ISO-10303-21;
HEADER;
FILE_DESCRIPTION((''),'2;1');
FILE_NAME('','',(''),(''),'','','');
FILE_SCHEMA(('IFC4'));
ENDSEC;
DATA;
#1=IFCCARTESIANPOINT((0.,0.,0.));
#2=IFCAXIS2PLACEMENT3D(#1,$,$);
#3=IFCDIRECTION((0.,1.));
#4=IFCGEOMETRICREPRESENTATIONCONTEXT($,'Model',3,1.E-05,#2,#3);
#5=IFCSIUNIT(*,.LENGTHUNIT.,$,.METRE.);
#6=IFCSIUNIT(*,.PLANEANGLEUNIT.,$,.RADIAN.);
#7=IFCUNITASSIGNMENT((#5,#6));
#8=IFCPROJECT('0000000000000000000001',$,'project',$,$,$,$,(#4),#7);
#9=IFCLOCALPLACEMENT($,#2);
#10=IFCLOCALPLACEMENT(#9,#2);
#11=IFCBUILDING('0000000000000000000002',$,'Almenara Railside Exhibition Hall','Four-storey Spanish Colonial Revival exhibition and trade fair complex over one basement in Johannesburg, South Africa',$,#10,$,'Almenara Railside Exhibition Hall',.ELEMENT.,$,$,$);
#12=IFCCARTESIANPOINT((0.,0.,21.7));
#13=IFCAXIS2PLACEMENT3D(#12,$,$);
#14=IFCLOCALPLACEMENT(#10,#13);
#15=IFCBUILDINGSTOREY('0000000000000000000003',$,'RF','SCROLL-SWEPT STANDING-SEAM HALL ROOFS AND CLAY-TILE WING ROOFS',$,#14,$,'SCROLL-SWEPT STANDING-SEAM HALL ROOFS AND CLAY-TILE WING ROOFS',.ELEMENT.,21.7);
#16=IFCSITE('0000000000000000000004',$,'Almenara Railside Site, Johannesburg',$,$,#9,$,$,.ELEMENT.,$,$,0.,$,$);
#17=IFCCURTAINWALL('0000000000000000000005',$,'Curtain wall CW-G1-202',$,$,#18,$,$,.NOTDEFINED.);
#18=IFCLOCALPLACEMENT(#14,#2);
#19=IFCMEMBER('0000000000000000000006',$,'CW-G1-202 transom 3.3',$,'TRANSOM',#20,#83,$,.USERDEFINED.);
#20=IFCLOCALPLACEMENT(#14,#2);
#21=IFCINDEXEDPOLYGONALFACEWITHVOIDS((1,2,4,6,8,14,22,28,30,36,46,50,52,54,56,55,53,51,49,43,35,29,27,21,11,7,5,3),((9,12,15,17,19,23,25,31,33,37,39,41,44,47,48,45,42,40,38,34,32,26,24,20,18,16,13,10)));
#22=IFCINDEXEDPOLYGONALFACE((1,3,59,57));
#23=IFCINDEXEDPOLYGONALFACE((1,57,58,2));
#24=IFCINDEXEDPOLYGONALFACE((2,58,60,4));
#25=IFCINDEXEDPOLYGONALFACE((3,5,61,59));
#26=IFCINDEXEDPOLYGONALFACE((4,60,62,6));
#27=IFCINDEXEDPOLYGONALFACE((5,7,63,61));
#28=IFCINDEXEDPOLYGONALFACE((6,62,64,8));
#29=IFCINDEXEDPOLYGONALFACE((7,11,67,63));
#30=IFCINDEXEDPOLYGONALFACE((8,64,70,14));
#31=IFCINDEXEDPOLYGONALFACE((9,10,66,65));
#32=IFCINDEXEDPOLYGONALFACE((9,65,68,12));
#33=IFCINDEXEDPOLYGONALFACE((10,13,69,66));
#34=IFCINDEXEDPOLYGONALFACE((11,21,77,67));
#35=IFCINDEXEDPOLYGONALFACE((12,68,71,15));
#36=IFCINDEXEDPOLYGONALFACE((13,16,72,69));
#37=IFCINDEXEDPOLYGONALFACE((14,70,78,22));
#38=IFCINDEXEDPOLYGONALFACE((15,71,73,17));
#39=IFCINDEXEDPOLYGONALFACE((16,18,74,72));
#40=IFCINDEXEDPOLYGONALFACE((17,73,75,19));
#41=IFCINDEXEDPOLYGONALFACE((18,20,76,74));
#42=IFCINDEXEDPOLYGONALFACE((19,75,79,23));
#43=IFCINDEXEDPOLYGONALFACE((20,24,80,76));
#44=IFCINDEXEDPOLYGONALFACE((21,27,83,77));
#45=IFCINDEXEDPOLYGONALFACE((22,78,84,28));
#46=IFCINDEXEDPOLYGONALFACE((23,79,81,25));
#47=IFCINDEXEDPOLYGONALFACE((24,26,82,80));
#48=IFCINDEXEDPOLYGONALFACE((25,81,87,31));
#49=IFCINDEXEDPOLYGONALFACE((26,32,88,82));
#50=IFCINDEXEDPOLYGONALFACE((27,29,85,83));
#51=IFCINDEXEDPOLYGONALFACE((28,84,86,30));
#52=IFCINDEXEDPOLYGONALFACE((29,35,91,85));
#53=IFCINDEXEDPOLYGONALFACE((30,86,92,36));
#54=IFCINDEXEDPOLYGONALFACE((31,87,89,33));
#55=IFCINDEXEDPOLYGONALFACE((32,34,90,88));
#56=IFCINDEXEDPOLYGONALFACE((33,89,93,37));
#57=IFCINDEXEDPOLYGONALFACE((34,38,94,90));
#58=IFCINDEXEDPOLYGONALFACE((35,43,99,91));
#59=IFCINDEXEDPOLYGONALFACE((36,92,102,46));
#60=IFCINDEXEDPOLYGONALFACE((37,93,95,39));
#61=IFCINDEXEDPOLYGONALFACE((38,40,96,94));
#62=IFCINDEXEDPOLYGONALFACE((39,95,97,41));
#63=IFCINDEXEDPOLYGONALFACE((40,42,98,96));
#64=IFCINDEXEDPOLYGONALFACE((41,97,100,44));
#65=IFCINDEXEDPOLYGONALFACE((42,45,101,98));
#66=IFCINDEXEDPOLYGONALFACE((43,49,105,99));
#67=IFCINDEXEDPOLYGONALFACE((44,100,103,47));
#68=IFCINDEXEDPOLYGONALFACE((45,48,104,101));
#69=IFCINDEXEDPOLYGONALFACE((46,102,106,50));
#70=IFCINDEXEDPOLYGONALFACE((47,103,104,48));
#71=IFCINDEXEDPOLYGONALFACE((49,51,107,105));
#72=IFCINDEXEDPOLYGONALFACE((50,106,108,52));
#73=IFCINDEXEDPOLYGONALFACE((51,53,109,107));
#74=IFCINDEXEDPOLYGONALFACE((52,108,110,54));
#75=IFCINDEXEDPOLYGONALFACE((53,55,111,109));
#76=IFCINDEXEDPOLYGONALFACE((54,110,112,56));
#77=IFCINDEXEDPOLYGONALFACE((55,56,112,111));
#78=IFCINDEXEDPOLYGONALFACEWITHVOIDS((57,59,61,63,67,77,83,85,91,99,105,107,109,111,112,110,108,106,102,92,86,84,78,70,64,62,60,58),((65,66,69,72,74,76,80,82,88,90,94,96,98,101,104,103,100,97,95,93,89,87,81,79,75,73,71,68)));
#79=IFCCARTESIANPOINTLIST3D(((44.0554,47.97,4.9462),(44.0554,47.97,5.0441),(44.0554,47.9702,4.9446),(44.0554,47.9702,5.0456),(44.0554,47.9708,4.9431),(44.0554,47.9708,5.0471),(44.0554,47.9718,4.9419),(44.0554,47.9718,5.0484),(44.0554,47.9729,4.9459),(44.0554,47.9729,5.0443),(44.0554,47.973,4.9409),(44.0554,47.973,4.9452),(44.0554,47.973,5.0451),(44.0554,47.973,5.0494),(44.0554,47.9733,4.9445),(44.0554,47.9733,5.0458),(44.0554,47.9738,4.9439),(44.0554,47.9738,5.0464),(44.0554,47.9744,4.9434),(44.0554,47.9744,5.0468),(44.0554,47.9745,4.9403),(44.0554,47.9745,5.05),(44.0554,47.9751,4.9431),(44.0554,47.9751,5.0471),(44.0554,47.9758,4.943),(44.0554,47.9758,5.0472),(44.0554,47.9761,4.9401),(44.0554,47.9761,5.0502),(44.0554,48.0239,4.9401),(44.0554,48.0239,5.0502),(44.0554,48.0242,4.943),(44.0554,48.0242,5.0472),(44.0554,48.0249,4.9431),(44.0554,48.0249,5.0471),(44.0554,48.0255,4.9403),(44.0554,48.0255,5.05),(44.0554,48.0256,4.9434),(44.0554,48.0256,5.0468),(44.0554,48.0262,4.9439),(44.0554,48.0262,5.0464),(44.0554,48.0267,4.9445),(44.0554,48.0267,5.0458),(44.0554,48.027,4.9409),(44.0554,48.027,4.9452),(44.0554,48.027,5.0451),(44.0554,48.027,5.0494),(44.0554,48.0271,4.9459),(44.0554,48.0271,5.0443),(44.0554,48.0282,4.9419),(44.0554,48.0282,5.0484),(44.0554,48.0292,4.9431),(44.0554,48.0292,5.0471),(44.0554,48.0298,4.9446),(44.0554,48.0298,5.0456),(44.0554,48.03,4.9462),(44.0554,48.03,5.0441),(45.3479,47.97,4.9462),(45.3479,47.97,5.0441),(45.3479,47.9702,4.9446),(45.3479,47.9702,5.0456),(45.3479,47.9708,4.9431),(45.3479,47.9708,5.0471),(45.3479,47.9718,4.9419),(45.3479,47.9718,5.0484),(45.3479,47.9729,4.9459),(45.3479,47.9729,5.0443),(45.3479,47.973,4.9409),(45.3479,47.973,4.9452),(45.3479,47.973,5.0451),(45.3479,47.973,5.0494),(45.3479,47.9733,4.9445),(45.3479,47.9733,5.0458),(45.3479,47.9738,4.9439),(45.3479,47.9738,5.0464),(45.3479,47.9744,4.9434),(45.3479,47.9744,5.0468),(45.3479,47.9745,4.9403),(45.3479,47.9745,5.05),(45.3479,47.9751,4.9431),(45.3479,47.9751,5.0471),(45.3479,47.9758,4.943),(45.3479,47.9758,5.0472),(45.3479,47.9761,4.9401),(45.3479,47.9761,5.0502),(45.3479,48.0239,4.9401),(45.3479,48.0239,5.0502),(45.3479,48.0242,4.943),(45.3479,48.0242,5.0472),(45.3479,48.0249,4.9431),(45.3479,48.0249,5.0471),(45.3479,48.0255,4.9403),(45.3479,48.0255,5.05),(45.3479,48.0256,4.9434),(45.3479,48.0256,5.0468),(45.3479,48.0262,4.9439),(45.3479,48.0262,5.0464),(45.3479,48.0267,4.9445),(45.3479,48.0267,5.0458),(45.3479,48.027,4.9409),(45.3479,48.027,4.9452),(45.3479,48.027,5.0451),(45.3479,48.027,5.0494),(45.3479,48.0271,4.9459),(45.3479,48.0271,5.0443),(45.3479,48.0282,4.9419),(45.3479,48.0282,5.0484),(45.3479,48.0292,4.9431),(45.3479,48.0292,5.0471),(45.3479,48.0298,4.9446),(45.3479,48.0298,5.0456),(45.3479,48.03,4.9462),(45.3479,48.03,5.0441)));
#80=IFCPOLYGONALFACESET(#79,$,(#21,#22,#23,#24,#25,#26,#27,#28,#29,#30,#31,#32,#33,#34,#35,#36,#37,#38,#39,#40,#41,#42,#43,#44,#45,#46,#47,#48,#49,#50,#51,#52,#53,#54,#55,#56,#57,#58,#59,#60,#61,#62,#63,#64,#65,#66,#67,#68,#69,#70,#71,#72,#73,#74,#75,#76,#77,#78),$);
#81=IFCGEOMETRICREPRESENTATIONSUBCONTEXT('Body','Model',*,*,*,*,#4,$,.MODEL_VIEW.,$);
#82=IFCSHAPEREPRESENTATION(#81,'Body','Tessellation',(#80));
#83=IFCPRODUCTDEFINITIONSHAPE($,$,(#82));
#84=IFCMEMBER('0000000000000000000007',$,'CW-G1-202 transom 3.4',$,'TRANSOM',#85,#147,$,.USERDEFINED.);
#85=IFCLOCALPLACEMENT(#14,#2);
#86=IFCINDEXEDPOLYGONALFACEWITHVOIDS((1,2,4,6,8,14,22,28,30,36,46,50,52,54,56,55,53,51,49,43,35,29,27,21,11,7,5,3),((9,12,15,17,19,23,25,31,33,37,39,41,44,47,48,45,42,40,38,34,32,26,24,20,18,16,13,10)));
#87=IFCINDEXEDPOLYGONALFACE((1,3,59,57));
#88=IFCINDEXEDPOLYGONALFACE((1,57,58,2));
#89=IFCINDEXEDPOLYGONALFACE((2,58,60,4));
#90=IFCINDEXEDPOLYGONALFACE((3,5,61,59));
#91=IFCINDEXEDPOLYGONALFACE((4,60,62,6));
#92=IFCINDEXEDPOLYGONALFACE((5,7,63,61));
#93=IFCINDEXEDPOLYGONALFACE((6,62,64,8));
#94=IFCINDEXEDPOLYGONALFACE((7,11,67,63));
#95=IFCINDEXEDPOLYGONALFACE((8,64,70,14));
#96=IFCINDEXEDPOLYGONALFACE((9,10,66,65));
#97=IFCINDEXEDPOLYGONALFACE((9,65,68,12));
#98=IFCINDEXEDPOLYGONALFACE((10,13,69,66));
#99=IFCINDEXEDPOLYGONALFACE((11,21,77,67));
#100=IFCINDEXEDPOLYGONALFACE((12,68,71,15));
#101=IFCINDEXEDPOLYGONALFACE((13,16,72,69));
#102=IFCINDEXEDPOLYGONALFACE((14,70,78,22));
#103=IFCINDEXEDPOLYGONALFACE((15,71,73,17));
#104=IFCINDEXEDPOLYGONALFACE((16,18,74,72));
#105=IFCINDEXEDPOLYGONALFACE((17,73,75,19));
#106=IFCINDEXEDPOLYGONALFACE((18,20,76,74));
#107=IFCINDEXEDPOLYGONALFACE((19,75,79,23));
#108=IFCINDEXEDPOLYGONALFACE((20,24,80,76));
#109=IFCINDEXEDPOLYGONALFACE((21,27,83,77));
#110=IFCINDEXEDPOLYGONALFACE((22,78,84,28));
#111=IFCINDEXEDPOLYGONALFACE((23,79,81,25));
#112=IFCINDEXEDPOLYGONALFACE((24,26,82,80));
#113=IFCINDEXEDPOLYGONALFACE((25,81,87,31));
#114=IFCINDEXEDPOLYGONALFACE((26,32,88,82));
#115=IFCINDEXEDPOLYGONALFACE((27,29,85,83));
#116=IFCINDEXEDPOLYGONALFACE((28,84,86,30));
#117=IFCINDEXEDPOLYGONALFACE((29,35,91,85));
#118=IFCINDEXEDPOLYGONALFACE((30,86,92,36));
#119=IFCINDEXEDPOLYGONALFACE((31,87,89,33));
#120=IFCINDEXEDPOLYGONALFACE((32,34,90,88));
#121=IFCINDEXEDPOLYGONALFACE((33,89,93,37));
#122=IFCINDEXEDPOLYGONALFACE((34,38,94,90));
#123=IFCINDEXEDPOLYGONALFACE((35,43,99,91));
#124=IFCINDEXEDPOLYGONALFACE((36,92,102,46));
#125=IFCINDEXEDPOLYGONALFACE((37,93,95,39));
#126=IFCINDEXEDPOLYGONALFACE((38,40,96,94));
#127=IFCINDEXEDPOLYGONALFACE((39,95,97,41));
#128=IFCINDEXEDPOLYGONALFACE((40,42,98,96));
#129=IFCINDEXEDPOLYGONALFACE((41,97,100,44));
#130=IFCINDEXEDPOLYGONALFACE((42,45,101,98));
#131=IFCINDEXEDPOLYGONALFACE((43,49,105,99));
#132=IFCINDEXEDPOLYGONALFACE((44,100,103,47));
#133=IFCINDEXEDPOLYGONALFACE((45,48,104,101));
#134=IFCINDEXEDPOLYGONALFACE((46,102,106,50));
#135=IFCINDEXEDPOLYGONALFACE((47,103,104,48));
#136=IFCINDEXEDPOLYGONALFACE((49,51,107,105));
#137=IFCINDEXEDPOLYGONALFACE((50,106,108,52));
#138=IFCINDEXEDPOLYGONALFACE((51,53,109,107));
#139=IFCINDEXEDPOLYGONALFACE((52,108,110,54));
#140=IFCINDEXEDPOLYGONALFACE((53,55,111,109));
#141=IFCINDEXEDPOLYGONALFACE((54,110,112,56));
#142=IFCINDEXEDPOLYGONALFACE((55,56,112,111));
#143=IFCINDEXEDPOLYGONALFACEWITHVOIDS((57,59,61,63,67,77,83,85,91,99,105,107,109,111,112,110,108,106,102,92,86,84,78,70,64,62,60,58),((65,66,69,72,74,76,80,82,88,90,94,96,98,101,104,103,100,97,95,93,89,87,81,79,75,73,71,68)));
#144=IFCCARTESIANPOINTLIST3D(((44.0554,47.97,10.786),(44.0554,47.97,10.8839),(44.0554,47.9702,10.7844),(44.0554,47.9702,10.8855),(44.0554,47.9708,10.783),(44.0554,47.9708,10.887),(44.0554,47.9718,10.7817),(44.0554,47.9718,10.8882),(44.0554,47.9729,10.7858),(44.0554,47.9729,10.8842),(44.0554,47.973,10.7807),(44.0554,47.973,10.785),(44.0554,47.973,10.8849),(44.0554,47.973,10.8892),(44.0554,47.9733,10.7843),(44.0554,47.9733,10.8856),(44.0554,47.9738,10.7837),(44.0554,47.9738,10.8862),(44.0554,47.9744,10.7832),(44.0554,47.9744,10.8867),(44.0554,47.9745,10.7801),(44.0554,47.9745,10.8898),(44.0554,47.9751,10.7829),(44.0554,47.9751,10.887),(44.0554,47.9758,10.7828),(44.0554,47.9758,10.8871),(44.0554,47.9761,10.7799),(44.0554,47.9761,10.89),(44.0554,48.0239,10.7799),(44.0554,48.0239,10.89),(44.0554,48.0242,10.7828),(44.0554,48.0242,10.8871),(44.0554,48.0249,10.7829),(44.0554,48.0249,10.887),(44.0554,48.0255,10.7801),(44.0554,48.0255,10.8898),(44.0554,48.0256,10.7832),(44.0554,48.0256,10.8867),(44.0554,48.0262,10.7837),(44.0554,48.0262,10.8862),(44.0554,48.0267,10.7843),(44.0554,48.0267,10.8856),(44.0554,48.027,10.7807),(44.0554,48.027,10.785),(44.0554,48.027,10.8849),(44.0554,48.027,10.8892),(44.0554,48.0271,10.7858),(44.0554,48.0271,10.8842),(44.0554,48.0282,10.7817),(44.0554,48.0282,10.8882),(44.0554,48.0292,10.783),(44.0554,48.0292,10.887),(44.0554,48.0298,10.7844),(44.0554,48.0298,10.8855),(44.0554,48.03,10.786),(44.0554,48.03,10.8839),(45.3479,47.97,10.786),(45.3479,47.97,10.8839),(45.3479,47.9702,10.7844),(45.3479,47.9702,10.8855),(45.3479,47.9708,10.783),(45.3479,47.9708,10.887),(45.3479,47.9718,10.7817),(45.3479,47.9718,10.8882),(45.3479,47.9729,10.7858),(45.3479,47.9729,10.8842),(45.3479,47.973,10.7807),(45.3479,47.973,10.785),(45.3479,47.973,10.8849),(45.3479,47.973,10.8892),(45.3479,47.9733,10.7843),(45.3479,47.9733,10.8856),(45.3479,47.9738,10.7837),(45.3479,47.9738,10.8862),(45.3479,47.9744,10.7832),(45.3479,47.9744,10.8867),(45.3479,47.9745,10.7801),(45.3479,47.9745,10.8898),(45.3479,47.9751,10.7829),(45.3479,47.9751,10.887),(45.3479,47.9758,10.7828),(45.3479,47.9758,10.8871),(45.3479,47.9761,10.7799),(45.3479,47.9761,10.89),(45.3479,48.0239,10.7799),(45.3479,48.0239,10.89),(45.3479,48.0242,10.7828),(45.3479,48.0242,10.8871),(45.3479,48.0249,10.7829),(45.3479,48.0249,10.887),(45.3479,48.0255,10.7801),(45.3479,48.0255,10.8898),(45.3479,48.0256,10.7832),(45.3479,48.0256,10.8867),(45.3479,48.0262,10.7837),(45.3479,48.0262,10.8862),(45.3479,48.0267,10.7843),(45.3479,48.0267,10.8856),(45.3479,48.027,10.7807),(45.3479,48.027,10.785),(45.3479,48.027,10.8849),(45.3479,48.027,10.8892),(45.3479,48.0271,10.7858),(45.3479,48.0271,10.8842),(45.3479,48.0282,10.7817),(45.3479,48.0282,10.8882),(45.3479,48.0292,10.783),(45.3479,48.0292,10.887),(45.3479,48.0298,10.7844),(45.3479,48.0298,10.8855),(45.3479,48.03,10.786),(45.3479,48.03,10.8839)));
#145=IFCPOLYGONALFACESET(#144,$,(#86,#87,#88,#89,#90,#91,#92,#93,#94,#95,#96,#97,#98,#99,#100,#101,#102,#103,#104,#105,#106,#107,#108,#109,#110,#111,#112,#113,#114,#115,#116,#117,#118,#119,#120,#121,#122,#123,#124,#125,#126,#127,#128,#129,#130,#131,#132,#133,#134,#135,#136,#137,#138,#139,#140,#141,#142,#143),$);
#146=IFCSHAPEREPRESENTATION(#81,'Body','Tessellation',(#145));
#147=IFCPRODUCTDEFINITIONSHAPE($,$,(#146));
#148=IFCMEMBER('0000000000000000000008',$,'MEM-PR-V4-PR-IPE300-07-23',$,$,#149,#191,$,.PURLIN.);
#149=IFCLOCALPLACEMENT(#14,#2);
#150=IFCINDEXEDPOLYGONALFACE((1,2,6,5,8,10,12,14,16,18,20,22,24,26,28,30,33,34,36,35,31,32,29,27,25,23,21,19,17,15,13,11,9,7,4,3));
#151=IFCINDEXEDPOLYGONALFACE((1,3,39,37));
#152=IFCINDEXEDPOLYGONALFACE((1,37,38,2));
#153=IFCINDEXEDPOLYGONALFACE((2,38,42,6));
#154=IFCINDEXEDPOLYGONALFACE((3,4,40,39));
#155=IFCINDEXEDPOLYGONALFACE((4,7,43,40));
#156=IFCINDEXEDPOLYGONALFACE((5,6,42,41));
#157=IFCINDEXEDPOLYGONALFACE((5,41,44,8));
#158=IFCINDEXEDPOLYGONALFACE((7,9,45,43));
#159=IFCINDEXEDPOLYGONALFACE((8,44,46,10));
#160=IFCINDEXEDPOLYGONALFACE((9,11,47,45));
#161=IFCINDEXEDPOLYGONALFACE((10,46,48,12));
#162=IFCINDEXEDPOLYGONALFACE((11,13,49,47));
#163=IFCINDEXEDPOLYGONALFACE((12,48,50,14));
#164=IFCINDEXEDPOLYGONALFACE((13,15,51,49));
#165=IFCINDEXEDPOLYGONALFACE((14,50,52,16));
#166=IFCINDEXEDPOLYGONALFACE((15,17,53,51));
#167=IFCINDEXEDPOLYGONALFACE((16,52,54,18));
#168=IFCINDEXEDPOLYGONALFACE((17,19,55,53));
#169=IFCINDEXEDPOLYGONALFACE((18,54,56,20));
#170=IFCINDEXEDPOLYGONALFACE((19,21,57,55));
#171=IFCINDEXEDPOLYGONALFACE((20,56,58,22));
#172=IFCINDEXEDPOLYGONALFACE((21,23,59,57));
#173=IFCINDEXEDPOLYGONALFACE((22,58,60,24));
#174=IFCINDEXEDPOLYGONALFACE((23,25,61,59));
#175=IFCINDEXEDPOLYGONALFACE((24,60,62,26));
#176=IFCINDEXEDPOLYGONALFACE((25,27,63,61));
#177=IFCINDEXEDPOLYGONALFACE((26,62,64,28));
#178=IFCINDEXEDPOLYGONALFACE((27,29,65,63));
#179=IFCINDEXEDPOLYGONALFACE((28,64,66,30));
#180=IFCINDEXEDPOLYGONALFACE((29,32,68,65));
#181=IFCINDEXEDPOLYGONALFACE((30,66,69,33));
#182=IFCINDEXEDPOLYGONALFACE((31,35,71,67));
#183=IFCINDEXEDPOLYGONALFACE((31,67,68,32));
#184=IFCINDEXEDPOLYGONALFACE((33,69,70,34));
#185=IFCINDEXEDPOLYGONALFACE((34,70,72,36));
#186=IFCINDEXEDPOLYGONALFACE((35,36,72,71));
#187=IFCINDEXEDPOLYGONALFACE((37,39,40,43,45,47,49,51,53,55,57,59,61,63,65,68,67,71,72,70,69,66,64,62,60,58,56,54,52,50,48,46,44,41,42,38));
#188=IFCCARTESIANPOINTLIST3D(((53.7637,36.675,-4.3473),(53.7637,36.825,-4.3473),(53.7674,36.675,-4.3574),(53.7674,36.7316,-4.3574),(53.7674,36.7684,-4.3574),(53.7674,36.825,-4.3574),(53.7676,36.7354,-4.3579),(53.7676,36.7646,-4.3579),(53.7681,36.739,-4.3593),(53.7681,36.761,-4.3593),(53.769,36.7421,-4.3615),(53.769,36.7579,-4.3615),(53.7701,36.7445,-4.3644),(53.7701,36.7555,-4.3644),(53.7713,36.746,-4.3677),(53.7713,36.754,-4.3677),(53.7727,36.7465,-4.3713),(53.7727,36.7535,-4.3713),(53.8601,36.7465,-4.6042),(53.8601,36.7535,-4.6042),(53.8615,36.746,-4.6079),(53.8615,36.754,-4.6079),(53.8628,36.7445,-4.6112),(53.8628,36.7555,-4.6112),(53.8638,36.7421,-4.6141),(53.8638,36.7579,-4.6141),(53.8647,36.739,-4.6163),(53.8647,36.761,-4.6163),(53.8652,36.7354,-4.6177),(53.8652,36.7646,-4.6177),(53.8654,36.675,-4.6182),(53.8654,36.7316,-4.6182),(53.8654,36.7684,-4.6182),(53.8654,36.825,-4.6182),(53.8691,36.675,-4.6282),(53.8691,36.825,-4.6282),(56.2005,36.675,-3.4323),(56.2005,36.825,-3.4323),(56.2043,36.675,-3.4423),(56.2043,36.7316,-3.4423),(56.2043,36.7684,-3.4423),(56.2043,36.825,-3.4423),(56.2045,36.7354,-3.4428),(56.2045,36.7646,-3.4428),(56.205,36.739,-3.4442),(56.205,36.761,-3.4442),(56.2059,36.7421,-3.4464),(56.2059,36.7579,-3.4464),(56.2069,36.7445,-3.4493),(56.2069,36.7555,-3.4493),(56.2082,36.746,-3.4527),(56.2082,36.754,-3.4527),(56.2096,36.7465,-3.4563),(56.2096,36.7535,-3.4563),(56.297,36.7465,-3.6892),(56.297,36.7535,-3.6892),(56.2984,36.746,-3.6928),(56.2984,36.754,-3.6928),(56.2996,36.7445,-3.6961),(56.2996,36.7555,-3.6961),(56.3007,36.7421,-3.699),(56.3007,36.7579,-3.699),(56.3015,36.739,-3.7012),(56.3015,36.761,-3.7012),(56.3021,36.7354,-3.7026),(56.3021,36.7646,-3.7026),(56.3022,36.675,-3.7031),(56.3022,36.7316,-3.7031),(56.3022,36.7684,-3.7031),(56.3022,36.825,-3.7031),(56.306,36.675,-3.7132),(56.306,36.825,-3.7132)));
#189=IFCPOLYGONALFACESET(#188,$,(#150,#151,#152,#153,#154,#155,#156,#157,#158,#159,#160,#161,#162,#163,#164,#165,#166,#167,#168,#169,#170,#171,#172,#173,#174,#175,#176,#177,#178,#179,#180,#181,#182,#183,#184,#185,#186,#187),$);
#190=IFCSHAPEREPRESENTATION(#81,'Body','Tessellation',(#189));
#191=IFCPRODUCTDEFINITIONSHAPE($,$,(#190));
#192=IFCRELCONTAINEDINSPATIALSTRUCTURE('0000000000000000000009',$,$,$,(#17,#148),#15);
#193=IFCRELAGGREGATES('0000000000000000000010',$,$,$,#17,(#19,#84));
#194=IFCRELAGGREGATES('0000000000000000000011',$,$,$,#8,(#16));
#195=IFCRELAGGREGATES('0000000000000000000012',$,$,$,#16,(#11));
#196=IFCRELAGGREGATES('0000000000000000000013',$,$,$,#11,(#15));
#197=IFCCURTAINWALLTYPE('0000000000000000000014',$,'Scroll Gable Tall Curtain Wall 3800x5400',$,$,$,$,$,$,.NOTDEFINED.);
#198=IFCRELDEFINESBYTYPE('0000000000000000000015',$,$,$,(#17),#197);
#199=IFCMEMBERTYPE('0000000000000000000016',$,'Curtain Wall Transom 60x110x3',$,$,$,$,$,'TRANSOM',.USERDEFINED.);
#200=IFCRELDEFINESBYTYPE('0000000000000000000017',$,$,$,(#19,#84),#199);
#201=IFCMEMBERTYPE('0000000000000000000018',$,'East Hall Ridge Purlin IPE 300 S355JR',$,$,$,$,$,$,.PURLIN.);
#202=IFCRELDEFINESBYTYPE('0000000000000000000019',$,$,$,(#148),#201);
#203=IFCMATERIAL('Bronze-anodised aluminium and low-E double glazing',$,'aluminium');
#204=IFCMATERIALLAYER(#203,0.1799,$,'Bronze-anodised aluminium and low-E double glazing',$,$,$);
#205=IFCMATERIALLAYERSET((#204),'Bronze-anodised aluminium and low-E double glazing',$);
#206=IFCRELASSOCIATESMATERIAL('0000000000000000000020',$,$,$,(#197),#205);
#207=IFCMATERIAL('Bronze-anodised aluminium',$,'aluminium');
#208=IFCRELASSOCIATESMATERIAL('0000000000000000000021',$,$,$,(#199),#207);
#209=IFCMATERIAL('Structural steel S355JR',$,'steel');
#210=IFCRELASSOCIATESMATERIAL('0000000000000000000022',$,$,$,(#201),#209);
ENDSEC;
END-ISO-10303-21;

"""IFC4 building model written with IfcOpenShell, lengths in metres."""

from ifc_helpers import new_model, si_unit, direction, frame, origin, origin_2d, place, context, subcontext, project, spatial, hollow_rectangle, i_section, extrude, material, layer, layer_set, material_profile, profile_set, type_object, element, aggregate, save


model = new_model("IFC4")

# Units and contexts
model_context = context("Model", 3, precision=1e-05, world=origin(), true_north=direction((0.0, 1.0)))
body_context = subcontext(model_context, "Body", "Model", "MODEL_VIEW")
ifc_project = project(units=[si_unit("LENGTHUNIT", "METRE"), si_unit("PLANEANGLEUNIT", "RADIAN")], contexts=[model_context])

# Site, building, storey
site_placement = place(None, origin())
site = spatial("IfcSite", under=ifc_project, at=site_placement, Name="Almenara Railside Site, Johannesburg", CompositionType="ELEMENT", RefElevation=0.0)
building_placement = place(site_placement, origin())
building = spatial("IfcBuilding", under=site, at=building_placement, Name="Almenara Railside Exhibition Hall", Description="Four-storey Spanish Colonial Revival exhibition and trade fair complex over one basement in Johannesburg, South Africa", LongName="Almenara Railside Exhibition Hall", CompositionType="ELEMENT")
storey_placement = place(building_placement, frame((0.0, 0.0, 21.7)))
storey = spatial("IfcBuildingStorey", under=building, at=storey_placement, Name="RF", Description="SCROLL-SWEPT STANDING-SEAM HALL ROOFS AND CLAY-TILE WING ROOFS", LongName="SCROLL-SWEPT STANDING-SEAM HALL ROOFS AND CLAY-TILE WING ROOFS", CompositionType="ELEMENT", Elevation=21.7)

# Shared definitions
ifc_material_1 = material(Name="Structural steel S355JR", Category="steel")

# Shared definitions
ifc_material_2 = material(Name="Bronze-anodised aluminium and low-E double glazing", Category="aluminium")
ifc_layer_1 = layer(ifc_material_2, 0.1799, Name="Bronze-anodised aluminium and low-E double glazing")
ifc_layer_set_1 = layer_set([ifc_layer_1], Name="Bronze-anodised aluminium and low-E double glazing")
curtain_wall_type = type_object("IfcCurtainWallType", Name="Scroll Gable Tall Curtain Wall 3800x5400", PredefinedType="NOTDEFINED", material=ifc_layer_set_1)
ifc_material_3 = material(Name="Bronze-anodised aluminium", Category="aluminium")

# Curtain wall
curtain_wall_1_placement = place(storey_placement, origin())
curtain_wall_1 = element("IfcCurtainWall", 1, at=curtain_wall_1_placement, inside=storey, type_object=curtain_wall_type, Name="Curtain wall CW-G1-202", PredefinedType="NOTDEFINED")

# Members
ifc_material_profile_1 = material_profile(ifc_material_3, hollow_rectangle(XDim=0.0601, YDim=0.1101, WallThickness=0.0029, InnerFilletRadius=0.0029, OuterFilletRadius=0.0061, at=origin_2d()), Name="ALU-TRN 60x110x3")
ifc_profile_set_1 = profile_set([ifc_material_profile_1], Name="Bronze-anodised aluminium")
member_type_1 = type_object("IfcMemberType", Name="Curtain Wall Transom 60x110x3", ElementType="TRANSOM", PredefinedType="USERDEFINED", material=ifc_profile_set_1)
member_1_placement = place(storey_placement, frame((44.0554, 48.0, 4.9951), z_axis=(1.0, 0.0, 0.0), x_axis=(0.0, 1.0, 0.0)))
member_1 = element("IfcMember", 2, at=member_1_placement, type_object=member_type_1, Name="CW-G1-202 transom 3.3", ObjectType="TRANSOM", PredefinedType="USERDEFINED", context=body_context, shape_type="SweptSolid", body=[
    extrude(hollow_rectangle(XDim=0.0601, YDim=0.1101, WallThickness=0.0029, InnerFilletRadius=0.0029, OuterFilletRadius=0.0061, at=origin_2d()), origin(), (0.0, 0.0, 1.0), 1.2925),
])
member_2_placement = place(storey_placement, frame((44.0554, 48.0, 10.835), z_axis=(1.0, 0.0, 0.0), x_axis=(0.0, 1.0, 0.0)))
member_2 = element("IfcMember", 3, at=member_2_placement, type_object=member_type_1, Name="CW-G1-202 transom 3.4", ObjectType="TRANSOM", PredefinedType="USERDEFINED", context=body_context, shape_type="SweptSolid", body=[
    extrude(hollow_rectangle(XDim=0.0601, YDim=0.1101, WallThickness=0.0029, InnerFilletRadius=0.0029, OuterFilletRadius=0.0061, at=origin_2d()), origin(), (0.0, 0.0, 1.0), 1.2925),
])

# Member
ifc_material_profile_2 = material_profile(ifc_material_1, i_section(OverallWidth=0.1499, OverallDepth=0.3, WebThickness=0.0071, FlangeThickness=0.0107, FilletRadius=0.0149, at=origin_2d()), Name="IPE 300")
ifc_profile_set_2 = profile_set([ifc_material_profile_2], Name="Structural steel S355JR")
member_type_2 = type_object("IfcMemberType", Name="East Hall Ridge Purlin IPE 300 S355JR", PredefinedType="PURLIN", material=ifc_profile_set_2)
member_3_placement = place(storey_placement, frame((53.8164, 36.75, -4.4878), z_axis=(0.936171, 0.0, 0.351545), x_axis=(0.0, 1.0, 0.0)))
element("IfcMember", 4, at=member_3_placement, inside=storey, type_object=member_type_2, Name="MEM-PR-V4-PR-IPE300-07-23", PredefinedType="PURLIN", context=body_context, shape_type="SweptSolid", body=[
    extrude(i_section(OverallWidth=0.1499, OverallDepth=0.3, WebThickness=0.0071, FlangeThickness=0.0107, FilletRadius=0.0149, at=origin_2d()), origin(), (0.0, 0.0, 1.0), 2.603),
])

aggregate(curtain_wall_1, [member_1, member_2])

save(model, "model.ifc")
